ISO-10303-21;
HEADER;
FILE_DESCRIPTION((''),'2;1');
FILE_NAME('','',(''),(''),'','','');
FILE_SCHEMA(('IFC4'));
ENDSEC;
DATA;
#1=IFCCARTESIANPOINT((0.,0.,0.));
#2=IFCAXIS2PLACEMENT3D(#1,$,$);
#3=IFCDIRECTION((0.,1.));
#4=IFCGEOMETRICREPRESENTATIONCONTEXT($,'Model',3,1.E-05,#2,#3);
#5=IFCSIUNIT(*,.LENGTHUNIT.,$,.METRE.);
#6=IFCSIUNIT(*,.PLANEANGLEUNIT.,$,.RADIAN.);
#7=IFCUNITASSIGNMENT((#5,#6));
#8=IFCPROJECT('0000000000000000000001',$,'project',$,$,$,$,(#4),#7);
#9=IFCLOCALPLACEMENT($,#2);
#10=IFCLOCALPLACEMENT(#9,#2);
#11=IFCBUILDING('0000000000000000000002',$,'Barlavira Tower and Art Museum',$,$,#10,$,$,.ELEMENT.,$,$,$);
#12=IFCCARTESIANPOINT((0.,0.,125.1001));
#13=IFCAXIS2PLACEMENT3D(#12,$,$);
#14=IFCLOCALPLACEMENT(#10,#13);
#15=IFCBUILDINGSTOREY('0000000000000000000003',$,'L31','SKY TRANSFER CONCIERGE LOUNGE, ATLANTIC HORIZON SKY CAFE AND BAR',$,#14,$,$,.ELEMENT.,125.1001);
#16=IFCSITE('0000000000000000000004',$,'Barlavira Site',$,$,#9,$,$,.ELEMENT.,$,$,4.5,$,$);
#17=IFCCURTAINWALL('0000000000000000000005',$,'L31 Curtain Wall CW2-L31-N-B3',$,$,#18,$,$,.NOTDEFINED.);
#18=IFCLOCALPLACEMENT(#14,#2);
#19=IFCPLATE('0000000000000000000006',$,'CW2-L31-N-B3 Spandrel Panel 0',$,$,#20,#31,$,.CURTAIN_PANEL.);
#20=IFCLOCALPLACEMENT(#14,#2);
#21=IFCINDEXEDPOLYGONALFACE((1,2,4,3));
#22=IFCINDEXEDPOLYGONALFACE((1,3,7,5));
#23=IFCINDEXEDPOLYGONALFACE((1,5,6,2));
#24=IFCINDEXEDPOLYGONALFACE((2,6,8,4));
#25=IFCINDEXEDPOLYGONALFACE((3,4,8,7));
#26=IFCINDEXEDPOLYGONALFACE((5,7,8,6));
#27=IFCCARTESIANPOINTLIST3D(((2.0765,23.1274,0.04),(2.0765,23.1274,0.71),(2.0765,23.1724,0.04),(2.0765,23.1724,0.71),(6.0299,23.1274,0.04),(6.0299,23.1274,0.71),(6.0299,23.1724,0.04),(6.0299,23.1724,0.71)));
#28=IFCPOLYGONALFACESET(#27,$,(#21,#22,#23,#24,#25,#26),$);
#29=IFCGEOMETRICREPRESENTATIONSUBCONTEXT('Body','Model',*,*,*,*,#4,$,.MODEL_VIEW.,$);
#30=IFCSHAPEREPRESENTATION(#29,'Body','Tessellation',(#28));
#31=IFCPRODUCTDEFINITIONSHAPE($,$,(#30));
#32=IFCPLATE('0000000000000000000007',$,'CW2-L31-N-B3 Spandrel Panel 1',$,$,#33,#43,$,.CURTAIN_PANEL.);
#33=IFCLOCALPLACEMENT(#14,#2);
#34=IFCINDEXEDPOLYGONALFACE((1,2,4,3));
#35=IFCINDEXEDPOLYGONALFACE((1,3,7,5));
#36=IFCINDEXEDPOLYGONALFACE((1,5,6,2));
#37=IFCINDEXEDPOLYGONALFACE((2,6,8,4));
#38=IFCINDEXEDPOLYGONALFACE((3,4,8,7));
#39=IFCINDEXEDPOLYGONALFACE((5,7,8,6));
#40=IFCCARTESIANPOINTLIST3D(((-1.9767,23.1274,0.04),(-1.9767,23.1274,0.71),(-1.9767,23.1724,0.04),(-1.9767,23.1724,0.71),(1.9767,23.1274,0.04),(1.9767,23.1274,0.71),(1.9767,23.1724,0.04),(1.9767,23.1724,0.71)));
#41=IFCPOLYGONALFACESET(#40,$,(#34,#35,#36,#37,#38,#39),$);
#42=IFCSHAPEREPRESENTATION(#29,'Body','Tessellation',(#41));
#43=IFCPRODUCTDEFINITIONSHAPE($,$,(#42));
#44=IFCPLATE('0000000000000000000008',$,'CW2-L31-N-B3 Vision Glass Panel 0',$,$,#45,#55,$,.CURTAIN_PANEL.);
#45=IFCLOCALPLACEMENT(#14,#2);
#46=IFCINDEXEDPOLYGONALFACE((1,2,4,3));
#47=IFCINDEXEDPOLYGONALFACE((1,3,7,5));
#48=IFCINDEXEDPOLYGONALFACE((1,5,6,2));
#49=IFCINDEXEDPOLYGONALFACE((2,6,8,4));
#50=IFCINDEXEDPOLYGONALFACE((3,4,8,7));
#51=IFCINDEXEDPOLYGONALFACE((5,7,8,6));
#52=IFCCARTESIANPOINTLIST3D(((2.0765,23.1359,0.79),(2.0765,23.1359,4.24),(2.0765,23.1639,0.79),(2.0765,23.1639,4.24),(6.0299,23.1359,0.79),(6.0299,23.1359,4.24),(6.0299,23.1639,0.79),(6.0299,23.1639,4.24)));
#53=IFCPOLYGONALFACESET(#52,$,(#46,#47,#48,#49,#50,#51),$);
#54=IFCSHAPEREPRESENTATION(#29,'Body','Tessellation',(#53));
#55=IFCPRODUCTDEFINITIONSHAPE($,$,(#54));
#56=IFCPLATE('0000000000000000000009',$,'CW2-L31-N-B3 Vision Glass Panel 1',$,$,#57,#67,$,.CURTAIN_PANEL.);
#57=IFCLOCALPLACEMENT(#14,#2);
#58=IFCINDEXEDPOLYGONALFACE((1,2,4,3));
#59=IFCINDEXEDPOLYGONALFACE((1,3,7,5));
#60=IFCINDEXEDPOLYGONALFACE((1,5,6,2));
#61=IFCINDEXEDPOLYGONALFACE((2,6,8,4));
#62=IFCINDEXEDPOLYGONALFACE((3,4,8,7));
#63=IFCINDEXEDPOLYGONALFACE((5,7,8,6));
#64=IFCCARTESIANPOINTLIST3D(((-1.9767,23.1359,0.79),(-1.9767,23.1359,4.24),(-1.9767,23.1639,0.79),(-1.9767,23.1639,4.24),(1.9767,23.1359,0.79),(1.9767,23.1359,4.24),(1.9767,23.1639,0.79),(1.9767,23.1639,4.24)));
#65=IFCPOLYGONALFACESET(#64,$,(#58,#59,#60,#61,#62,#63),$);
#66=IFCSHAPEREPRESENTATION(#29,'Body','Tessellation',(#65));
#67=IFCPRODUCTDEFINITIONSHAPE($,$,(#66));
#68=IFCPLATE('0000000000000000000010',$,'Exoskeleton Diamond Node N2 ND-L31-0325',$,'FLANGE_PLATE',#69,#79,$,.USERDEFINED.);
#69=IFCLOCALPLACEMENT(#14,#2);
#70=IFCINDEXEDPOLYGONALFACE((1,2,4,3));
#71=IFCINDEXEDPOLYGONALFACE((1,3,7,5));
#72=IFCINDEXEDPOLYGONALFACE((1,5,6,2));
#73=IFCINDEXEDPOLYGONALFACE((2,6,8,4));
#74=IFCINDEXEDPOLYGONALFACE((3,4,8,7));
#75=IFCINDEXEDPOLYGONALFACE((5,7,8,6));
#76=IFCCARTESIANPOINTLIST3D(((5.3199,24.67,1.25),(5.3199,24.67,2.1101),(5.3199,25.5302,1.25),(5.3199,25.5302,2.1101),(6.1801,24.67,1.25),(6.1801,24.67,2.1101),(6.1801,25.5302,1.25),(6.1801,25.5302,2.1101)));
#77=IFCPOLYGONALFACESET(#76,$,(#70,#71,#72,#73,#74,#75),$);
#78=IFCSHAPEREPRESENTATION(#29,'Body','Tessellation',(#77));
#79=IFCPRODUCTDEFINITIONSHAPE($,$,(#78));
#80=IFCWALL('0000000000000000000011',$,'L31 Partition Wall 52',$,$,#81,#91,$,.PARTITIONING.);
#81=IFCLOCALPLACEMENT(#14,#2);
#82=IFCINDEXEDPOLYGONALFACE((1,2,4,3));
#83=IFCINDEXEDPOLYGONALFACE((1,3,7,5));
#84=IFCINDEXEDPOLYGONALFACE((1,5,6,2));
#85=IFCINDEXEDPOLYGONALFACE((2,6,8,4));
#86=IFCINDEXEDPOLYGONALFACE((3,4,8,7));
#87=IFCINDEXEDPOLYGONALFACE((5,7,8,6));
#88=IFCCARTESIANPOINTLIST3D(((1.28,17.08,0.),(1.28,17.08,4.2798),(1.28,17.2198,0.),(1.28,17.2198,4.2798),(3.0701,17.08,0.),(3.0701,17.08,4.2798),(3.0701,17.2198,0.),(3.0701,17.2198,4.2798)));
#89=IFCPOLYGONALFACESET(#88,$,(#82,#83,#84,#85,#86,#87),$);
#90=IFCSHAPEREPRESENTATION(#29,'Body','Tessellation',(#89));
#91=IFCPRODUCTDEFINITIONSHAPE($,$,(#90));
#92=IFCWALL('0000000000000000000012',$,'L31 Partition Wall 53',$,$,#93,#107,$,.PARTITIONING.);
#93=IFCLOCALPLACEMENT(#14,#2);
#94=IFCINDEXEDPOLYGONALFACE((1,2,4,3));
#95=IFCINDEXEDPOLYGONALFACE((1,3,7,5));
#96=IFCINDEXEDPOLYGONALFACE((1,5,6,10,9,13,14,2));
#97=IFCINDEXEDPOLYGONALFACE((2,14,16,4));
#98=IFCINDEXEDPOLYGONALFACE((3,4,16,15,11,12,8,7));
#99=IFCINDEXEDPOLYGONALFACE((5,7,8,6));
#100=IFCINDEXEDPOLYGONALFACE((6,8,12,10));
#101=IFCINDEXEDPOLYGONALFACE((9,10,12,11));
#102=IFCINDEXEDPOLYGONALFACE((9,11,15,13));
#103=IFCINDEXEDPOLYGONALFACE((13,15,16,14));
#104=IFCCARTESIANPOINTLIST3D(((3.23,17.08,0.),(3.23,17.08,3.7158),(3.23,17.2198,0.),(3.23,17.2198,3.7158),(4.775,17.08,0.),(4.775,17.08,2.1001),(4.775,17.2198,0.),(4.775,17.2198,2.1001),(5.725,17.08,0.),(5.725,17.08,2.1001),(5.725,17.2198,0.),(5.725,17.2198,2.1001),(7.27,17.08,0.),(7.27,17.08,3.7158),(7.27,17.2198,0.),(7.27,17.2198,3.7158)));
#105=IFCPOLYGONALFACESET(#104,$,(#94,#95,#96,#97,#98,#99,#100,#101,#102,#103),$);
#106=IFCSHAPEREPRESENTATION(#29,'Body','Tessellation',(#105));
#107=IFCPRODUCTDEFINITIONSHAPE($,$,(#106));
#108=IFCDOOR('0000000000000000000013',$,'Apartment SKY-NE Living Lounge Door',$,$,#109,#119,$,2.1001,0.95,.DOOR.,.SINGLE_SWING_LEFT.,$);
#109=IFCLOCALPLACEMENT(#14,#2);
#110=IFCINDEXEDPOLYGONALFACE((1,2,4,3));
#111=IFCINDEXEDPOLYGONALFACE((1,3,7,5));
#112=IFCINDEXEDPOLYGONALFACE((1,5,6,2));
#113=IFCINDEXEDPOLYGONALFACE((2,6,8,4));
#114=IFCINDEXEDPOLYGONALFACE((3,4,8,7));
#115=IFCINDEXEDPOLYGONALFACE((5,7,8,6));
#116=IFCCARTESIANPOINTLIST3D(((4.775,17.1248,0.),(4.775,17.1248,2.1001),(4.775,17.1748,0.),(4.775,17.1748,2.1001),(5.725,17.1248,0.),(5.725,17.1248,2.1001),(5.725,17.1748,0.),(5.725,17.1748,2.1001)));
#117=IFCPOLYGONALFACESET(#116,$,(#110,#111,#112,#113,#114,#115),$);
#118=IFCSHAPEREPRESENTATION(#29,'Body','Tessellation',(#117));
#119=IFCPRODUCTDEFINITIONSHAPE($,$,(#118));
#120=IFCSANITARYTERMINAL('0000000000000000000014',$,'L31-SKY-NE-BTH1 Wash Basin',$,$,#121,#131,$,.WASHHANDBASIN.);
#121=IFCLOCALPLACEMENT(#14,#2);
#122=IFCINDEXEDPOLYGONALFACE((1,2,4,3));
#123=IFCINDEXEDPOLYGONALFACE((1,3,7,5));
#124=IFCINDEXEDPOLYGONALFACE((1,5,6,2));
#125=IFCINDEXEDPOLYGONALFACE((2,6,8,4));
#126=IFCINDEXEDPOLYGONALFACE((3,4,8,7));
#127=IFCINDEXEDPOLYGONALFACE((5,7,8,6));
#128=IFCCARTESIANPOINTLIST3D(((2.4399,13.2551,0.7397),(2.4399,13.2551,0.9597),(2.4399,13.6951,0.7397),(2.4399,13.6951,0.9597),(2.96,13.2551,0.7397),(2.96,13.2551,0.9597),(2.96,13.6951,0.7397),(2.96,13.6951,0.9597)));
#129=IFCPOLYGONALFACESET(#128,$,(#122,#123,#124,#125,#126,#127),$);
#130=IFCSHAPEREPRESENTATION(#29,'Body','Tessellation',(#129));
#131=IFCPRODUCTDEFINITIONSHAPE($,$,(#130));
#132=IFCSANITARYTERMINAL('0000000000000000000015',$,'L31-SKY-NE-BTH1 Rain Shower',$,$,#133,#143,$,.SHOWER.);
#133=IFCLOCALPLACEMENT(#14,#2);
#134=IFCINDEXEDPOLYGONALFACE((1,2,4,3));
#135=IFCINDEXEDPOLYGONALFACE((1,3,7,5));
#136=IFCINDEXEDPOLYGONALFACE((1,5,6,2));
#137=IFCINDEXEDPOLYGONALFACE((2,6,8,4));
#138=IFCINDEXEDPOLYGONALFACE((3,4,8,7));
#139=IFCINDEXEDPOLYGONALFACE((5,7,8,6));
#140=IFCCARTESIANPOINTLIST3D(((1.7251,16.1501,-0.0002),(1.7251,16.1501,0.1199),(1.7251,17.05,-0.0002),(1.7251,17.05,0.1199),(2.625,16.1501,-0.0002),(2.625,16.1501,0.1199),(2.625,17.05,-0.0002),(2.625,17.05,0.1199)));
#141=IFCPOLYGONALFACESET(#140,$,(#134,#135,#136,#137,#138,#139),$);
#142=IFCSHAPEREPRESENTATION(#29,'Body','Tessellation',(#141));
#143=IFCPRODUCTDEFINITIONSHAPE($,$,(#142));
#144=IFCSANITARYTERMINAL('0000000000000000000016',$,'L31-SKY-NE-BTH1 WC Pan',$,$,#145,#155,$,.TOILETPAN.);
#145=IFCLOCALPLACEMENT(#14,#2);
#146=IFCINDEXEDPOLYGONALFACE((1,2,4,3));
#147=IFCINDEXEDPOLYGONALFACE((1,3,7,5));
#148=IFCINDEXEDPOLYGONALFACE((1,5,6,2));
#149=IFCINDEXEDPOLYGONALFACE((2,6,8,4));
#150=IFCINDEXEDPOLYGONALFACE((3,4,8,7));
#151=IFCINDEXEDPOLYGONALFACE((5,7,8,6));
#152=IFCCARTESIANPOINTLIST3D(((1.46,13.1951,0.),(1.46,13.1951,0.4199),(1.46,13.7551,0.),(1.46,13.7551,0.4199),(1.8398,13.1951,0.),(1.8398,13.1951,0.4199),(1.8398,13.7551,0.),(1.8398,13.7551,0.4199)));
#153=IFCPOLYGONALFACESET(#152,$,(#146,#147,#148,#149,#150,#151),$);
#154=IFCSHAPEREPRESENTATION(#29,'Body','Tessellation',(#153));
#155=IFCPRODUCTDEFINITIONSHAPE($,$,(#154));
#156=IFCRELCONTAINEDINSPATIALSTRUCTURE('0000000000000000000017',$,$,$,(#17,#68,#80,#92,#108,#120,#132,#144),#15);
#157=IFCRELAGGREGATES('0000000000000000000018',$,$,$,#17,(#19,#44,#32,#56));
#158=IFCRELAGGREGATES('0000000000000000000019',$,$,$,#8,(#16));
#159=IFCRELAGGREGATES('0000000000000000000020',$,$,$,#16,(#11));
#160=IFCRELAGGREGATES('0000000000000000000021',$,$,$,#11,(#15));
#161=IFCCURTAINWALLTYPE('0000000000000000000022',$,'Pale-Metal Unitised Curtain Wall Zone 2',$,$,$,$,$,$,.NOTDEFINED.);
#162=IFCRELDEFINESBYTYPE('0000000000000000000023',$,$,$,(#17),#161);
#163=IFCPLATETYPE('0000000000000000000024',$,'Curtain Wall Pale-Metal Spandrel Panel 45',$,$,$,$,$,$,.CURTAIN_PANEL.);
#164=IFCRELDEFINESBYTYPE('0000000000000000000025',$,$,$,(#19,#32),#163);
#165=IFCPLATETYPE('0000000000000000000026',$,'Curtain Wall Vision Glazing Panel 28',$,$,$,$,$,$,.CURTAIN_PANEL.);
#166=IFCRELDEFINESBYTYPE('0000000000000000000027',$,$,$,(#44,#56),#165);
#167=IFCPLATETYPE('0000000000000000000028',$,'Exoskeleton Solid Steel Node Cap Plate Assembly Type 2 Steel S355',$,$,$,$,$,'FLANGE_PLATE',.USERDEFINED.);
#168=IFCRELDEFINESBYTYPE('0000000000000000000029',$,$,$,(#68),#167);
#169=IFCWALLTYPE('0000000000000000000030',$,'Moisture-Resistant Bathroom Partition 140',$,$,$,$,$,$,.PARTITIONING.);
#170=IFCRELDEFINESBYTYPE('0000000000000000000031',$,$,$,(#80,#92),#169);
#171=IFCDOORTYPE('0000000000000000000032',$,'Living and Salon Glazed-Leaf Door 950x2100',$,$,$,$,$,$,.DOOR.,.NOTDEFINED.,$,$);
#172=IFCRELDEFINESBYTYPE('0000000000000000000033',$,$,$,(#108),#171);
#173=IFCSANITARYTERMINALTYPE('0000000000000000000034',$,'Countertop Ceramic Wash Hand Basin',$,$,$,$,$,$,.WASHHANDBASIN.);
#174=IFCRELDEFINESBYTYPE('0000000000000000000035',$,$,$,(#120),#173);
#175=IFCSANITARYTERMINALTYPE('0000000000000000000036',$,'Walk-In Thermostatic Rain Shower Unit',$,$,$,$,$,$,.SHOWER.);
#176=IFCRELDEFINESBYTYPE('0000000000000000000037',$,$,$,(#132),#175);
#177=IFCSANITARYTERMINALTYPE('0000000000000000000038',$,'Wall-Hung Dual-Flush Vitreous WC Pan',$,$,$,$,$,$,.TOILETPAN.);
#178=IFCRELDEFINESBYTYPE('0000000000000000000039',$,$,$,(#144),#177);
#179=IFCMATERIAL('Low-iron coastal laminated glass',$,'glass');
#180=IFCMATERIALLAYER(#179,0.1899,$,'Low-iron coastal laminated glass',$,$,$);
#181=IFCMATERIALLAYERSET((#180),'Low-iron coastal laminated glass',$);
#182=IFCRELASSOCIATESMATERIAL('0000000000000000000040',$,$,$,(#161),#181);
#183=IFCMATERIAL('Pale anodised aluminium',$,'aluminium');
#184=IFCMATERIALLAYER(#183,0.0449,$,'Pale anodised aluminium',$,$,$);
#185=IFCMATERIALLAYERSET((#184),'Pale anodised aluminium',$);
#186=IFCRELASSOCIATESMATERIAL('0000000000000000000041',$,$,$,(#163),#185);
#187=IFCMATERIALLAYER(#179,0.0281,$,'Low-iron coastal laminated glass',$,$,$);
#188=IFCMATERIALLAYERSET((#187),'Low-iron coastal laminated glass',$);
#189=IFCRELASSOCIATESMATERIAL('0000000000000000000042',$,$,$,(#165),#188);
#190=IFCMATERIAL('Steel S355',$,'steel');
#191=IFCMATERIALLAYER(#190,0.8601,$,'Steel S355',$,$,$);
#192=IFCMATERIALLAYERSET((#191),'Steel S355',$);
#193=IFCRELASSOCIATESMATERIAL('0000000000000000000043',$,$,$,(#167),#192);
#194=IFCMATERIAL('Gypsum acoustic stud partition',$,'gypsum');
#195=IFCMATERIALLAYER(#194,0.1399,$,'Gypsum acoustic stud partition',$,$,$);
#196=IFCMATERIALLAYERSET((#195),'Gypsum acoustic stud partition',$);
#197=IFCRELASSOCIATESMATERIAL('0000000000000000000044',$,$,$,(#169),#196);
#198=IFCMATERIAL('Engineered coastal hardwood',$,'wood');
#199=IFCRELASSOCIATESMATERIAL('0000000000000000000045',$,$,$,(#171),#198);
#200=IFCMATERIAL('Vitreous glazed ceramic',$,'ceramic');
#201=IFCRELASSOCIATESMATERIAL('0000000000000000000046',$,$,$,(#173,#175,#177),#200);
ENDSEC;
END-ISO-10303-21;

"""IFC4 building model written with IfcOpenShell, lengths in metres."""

from ifc_helpers import new_model, si_unit, direction, frame, frame_2d, origin, origin_2d, place, context, subcontext, project, spatial, rectangle, extrude, material, layer, layer_set, type_object, element, fill, aggregate, save


model = new_model("IFC4")

# Units and contexts
model_context = context("Model", 3, precision=1e-05, world=origin(), true_north=direction((0.0, 1.0)))
body_context = subcontext(model_context, "Body", "Model", "MODEL_VIEW")
ifc_project = project(units=[si_unit("LENGTHUNIT", "METRE"), si_unit("PLANEANGLEUNIT", "RADIAN")], contexts=[model_context])

# Site, building, storey
site_placement = place(None, origin())
site = spatial("IfcSite", under=ifc_project, at=site_placement, Name="Barlavira Site", CompositionType="ELEMENT", RefElevation=4.5)
building_placement = place(site_placement, origin())
building = spatial("IfcBuilding", under=site, at=building_placement, Name="Barlavira Tower and Art Museum", CompositionType="ELEMENT")
storey_placement = place(building_placement, frame((0.0, 0.0, 125.1001)))
storey = spatial("IfcBuildingStorey", under=building, at=storey_placement, Name="L31", Description="SKY TRANSFER CONCIERGE LOUNGE, ATLANTIC HORIZON SKY CAFE AND BAR", CompositionType="ELEMENT", Elevation=125.1001)

# Curtain wall
ifc_material_1 = material(Name="Low-iron coastal laminated glass", Category="glass")
ifc_layer_1 = layer(ifc_material_1, 0.1899, Name="Low-iron coastal laminated glass")
ifc_layer_set_1 = layer_set([ifc_layer_1], Name="Low-iron coastal laminated glass")
curtain_wall_type = type_object("IfcCurtainWallType", Name="Pale-Metal Unitised Curtain Wall Zone 2", PredefinedType="NOTDEFINED", material=ifc_layer_set_1)
curtain_wall_placement = place(storey_placement, origin())
curtain_wall = element("IfcCurtainWall", 1, at=curtain_wall_placement, inside=storey, type_object=curtain_wall_type, Name="L31 Curtain Wall CW2-L31-N-B3", PredefinedType="NOTDEFINED")
ifc_material_2 = material(Name="Pale anodised aluminium", Category="aluminium")

# Shared definitions
ifc_material_3 = material(Name="Steel S355", Category="steel")

# Plates
ifc_layer_2 = layer(ifc_material_2, 0.0449, Name="Pale anodised aluminium")
ifc_layer_set_2 = layer_set([ifc_layer_2], Name="Pale anodised aluminium")
plate_type_1 = type_object("IfcPlateType", Name="Curtain Wall Pale-Metal Spandrel Panel 45", PredefinedType="CURTAIN_PANEL", material=ifc_layer_set_2)
plate_1_placement = place(storey_placement, frame((4.0532, 23.1499, 0.04), z_axis=(0.0, 0.0, 1.0), x_axis=(-1.0, 0.0, 0.0)))
plate_1 = element("IfcPlate", 2, at=plate_1_placement, type_object=plate_type_1, Name="CW2-L31-N-B3 Spandrel Panel 0", PredefinedType="CURTAIN_PANEL", context=body_context, shape_type="SweptSolid", body=[
    extrude(rectangle(XDim=3.9534, YDim=0.0449, at=origin_2d()), origin(), (0.0, 0.0, 1.0), 0.6699),
])
plate_2_placement = place(storey_placement, frame((0.0, 23.1499, 0.04), z_axis=(0.0, 0.0, 1.0), x_axis=(-1.0, 0.0, 0.0)))
plate_2 = element("IfcPlate", 3, at=plate_2_placement, type_object=plate_type_1, Name="CW2-L31-N-B3 Spandrel Panel 1", PredefinedType="CURTAIN_PANEL", context=body_context, shape_type="SweptSolid", body=[
    extrude(rectangle(XDim=3.9534, YDim=0.0449, at=origin_2d()), origin(), (0.0, 0.0, 1.0), 0.6699),
])
ifc_layer_3 = layer(ifc_material_1, 0.0281, Name="Low-iron coastal laminated glass")
ifc_layer_set_3 = layer_set([ifc_layer_3], Name="Low-iron coastal laminated glass")
plate_type_2 = type_object("IfcPlateType", Name="Curtain Wall Vision Glazing Panel 28", PredefinedType="CURTAIN_PANEL", material=ifc_layer_set_3)
plate_3_placement = place(storey_placement, frame((4.0532, 23.1499, 0.79), z_axis=(0.0, 0.0, 1.0), x_axis=(-1.0, 0.0, 0.0)))
plate_3 = element("IfcPlate", 4, at=plate_3_placement, type_object=plate_type_2, Name="CW2-L31-N-B3 Vision Glass Panel 0", PredefinedType="CURTAIN_PANEL", context=body_context, shape_type="SweptSolid", body=[
    extrude(rectangle(XDim=3.9534, YDim=0.0281, at=origin_2d()), origin(), (0.0, 0.0, 1.0), 3.45),
])
plate_4_placement = place(storey_placement, frame((0.0, 23.1499, 0.79), z_axis=(0.0, 0.0, 1.0), x_axis=(-1.0, 0.0, 0.0)))
plate_4 = element("IfcPlate", 5, at=plate_4_placement, type_object=plate_type_2, Name="CW2-L31-N-B3 Vision Glass Panel 1", PredefinedType="CURTAIN_PANEL", context=body_context, shape_type="SweptSolid", body=[
    extrude(rectangle(XDim=3.9534, YDim=0.0281, at=origin_2d()), origin(), (0.0, 0.0, 1.0), 3.45),
])
aggregate(curtain_wall, [plate_1, plate_3, plate_2, plate_4])
ifc_layer_4 = layer(ifc_material_3, 0.8601, Name="Steel S355")
ifc_layer_set_4 = layer_set([ifc_layer_4], Name="Steel S355")
plate_type_3 = type_object("IfcPlateType", Name="Exoskeleton Solid Steel Node Cap Plate Assembly Type 2 Steel S355", ElementType="FLANGE_PLATE", PredefinedType="USERDEFINED", material=ifc_layer_set_4)
plate_5_placement = place(storey_placement, frame((5.75, 25.1001, 1.25), z_axis=(0.0, 0.0, 1.0), x_axis=(1.0, 0.0, 0.0)))
element("IfcPlate", 6, at=plate_5_placement, inside=storey, type_object=plate_type_3, Name="Exoskeleton Diamond Node N2 ND-L31-0325", ObjectType="FLANGE_PLATE", PredefinedType="USERDEFINED", context=body_context, shape_type="SweptSolid", body=[
    extrude(rectangle(XDim=0.8601, YDim=0.8601, at=origin_2d()), origin(), (0.0, 0.0, 1.0), 0.8601),
])

# Wall
ifc_material_4 = material(Name="Gypsum acoustic stud partition", Category="gypsum")
ifc_layer_5 = layer(ifc_material_4, 0.1399, Name="Gypsum acoustic stud partition")
ifc_layer_set_5 = layer_set([ifc_layer_5], Name="Gypsum acoustic stud partition")
wall_type = type_object("IfcWallType", Name="Moisture-Resistant Bathroom Partition 140", PredefinedType="PARTITIONING", material=ifc_layer_set_5)
wall_1_placement = place(storey_placement, frame((1.28, 17.1499, 0.0), z_axis=(0.0, 0.0, 1.0), x_axis=(1.0, 0.0, 0.0)))
element("IfcWall", 7, at=wall_1_placement, inside=storey, type_object=wall_type, Name="L31 Partition Wall 52", PredefinedType="PARTITIONING", context=body_context, shape_type="SweptSolid", body=[
    extrude(rectangle(XDim=1.79, YDim=0.1399, at=frame_2d((0.895, 0.0))), origin(), (0.0, 0.0, 1.0), 4.2798),
])

# Wall, opening, door
wall_2_placement = place(storey_placement, frame((3.23, 17.1499, 0.0), z_axis=(0.0, 0.0, 1.0), x_axis=(1.0, 0.0, 0.0)))
wall_2 = element("IfcWall", 8, at=wall_2_placement, inside=storey, type_object=wall_type, Name="L31 Partition Wall 53", PredefinedType="PARTITIONING", context=body_context, shape_type="SweptSolid", body=[
    extrude(rectangle(XDim=4.04, YDim=0.1399, at=frame_2d((2.02, 0.0))), origin(), (0.0, 0.0, 1.0), 3.7158),
])
opening_placement = place(wall_2_placement, frame((1.5449, 0.0, 0.0)))
opening = element("IfcOpeningElement", 9, at=opening_placement, cuts=wall_2, PredefinedType="OPENING", context=body_context, shape_type="SweptSolid", body=[
    extrude(rectangle(XDim=0.95, YDim=2.1001, at=frame_2d((0.4751, 1.05))), frame((0.0, 0.0801, 0.0), z_axis=(0.0, -1.0, 0.0), x_axis=(1.0, 0.0, 0.0)), (0.0, 0.0, 1.0), 0.1599),
])
ifc_material_5 = material(Name="Engineered coastal hardwood", Category="wood")
door_type = type_object("IfcDoorType", Name="Living and Salon Glazed-Leaf Door 950x2100", OperationType="NOTDEFINED", PredefinedType="DOOR", material=ifc_material_5)
door_placement = place(opening_placement, origin())
door = element("IfcDoor", 10, at=door_placement, inside=storey, type_object=door_type, Name="Apartment SKY-NE Living Lounge Door", OperationType="SINGLE_SWING_LEFT", OverallHeight=2.1001, OverallWidth=0.95, PredefinedType="DOOR", context=body_context, shape_type="SweptSolid", body=[
    extrude(rectangle(XDim=0.95, YDim=2.1001, at=frame_2d((0.4751, 1.05))), frame((0.0, 0.0249, 0.0), z_axis=(0.0, -1.0, 0.0), x_axis=(1.0, 0.0, 0.0)), (0.0, 0.0, 1.0), 0.05),
])
fill(opening, door)

# Sanitary terminals
ifc_material_6 = material(Name="Vitreous glazed ceramic", Category="ceramic")
sanitary_terminal_type_1 = type_object("IfcSanitaryTerminalType", Name="Countertop Ceramic Wash Hand Basin", PredefinedType="WASHHANDBASIN", material=ifc_material_6)
sanitary_terminal_1_placement = place(storey_placement, frame((2.7, 13.4751, 0.7397), z_axis=(0.0, 0.0, 1.0), x_axis=(1.0, 0.0, 0.0)))
element("IfcSanitaryTerminal", 11, at=sanitary_terminal_1_placement, inside=storey, type_object=sanitary_terminal_type_1, Name="L31-SKY-NE-BTH1 Wash Basin", PredefinedType="WASHHANDBASIN", context=body_context, shape_type="SweptSolid", body=[
    extrude(rectangle(XDim=0.52, YDim=0.4399, at=origin_2d()), origin(), (0.0, 0.0, 1.0), 0.22),
])
sanitary_terminal_type_2 = type_object("IfcSanitaryTerminalType", Name="Walk-In Thermostatic Rain Shower Unit", PredefinedType="SHOWER", material=ifc_material_6)
sanitary_terminal_2_placement = place(storey_placement, frame((2.175, 16.6001, -0.0002), z_axis=(0.0, 0.0, 1.0), x_axis=(1.0, 0.0, 0.0)))
element("IfcSanitaryTerminal", 12, at=sanitary_terminal_2_placement, inside=storey, type_object=sanitary_terminal_type_2, Name="L31-SKY-NE-BTH1 Rain Shower", PredefinedType="SHOWER", context=body_context, shape_type="SweptSolid", body=[
    extrude(rectangle(XDim=0.8999, YDim=0.8999, at=origin_2d()), origin(), (0.0, 0.0, 1.0), 0.1201),
])
sanitary_terminal_type_3 = type_object("IfcSanitaryTerminalType", Name="Wall-Hung Dual-Flush Vitreous WC Pan", PredefinedType="TOILETPAN", material=ifc_material_6)
sanitary_terminal_3_placement = place(storey_placement, frame((1.6499, 13.4751, 0.0), z_axis=(0.0, 0.0, 1.0), x_axis=(1.0, 0.0, 0.0)))
element("IfcSanitaryTerminal", 13, at=sanitary_terminal_3_placement, inside=storey, type_object=sanitary_terminal_type_3, Name="L31-SKY-NE-BTH1 WC Pan", PredefinedType="TOILETPAN", context=body_context, shape_type="SweptSolid", body=[
    extrude(rectangle(XDim=0.3799, YDim=0.5601, at=origin_2d()), origin(), (0.0, 0.0, 1.0), 0.4199),
])

save(model, "model.ifc")
